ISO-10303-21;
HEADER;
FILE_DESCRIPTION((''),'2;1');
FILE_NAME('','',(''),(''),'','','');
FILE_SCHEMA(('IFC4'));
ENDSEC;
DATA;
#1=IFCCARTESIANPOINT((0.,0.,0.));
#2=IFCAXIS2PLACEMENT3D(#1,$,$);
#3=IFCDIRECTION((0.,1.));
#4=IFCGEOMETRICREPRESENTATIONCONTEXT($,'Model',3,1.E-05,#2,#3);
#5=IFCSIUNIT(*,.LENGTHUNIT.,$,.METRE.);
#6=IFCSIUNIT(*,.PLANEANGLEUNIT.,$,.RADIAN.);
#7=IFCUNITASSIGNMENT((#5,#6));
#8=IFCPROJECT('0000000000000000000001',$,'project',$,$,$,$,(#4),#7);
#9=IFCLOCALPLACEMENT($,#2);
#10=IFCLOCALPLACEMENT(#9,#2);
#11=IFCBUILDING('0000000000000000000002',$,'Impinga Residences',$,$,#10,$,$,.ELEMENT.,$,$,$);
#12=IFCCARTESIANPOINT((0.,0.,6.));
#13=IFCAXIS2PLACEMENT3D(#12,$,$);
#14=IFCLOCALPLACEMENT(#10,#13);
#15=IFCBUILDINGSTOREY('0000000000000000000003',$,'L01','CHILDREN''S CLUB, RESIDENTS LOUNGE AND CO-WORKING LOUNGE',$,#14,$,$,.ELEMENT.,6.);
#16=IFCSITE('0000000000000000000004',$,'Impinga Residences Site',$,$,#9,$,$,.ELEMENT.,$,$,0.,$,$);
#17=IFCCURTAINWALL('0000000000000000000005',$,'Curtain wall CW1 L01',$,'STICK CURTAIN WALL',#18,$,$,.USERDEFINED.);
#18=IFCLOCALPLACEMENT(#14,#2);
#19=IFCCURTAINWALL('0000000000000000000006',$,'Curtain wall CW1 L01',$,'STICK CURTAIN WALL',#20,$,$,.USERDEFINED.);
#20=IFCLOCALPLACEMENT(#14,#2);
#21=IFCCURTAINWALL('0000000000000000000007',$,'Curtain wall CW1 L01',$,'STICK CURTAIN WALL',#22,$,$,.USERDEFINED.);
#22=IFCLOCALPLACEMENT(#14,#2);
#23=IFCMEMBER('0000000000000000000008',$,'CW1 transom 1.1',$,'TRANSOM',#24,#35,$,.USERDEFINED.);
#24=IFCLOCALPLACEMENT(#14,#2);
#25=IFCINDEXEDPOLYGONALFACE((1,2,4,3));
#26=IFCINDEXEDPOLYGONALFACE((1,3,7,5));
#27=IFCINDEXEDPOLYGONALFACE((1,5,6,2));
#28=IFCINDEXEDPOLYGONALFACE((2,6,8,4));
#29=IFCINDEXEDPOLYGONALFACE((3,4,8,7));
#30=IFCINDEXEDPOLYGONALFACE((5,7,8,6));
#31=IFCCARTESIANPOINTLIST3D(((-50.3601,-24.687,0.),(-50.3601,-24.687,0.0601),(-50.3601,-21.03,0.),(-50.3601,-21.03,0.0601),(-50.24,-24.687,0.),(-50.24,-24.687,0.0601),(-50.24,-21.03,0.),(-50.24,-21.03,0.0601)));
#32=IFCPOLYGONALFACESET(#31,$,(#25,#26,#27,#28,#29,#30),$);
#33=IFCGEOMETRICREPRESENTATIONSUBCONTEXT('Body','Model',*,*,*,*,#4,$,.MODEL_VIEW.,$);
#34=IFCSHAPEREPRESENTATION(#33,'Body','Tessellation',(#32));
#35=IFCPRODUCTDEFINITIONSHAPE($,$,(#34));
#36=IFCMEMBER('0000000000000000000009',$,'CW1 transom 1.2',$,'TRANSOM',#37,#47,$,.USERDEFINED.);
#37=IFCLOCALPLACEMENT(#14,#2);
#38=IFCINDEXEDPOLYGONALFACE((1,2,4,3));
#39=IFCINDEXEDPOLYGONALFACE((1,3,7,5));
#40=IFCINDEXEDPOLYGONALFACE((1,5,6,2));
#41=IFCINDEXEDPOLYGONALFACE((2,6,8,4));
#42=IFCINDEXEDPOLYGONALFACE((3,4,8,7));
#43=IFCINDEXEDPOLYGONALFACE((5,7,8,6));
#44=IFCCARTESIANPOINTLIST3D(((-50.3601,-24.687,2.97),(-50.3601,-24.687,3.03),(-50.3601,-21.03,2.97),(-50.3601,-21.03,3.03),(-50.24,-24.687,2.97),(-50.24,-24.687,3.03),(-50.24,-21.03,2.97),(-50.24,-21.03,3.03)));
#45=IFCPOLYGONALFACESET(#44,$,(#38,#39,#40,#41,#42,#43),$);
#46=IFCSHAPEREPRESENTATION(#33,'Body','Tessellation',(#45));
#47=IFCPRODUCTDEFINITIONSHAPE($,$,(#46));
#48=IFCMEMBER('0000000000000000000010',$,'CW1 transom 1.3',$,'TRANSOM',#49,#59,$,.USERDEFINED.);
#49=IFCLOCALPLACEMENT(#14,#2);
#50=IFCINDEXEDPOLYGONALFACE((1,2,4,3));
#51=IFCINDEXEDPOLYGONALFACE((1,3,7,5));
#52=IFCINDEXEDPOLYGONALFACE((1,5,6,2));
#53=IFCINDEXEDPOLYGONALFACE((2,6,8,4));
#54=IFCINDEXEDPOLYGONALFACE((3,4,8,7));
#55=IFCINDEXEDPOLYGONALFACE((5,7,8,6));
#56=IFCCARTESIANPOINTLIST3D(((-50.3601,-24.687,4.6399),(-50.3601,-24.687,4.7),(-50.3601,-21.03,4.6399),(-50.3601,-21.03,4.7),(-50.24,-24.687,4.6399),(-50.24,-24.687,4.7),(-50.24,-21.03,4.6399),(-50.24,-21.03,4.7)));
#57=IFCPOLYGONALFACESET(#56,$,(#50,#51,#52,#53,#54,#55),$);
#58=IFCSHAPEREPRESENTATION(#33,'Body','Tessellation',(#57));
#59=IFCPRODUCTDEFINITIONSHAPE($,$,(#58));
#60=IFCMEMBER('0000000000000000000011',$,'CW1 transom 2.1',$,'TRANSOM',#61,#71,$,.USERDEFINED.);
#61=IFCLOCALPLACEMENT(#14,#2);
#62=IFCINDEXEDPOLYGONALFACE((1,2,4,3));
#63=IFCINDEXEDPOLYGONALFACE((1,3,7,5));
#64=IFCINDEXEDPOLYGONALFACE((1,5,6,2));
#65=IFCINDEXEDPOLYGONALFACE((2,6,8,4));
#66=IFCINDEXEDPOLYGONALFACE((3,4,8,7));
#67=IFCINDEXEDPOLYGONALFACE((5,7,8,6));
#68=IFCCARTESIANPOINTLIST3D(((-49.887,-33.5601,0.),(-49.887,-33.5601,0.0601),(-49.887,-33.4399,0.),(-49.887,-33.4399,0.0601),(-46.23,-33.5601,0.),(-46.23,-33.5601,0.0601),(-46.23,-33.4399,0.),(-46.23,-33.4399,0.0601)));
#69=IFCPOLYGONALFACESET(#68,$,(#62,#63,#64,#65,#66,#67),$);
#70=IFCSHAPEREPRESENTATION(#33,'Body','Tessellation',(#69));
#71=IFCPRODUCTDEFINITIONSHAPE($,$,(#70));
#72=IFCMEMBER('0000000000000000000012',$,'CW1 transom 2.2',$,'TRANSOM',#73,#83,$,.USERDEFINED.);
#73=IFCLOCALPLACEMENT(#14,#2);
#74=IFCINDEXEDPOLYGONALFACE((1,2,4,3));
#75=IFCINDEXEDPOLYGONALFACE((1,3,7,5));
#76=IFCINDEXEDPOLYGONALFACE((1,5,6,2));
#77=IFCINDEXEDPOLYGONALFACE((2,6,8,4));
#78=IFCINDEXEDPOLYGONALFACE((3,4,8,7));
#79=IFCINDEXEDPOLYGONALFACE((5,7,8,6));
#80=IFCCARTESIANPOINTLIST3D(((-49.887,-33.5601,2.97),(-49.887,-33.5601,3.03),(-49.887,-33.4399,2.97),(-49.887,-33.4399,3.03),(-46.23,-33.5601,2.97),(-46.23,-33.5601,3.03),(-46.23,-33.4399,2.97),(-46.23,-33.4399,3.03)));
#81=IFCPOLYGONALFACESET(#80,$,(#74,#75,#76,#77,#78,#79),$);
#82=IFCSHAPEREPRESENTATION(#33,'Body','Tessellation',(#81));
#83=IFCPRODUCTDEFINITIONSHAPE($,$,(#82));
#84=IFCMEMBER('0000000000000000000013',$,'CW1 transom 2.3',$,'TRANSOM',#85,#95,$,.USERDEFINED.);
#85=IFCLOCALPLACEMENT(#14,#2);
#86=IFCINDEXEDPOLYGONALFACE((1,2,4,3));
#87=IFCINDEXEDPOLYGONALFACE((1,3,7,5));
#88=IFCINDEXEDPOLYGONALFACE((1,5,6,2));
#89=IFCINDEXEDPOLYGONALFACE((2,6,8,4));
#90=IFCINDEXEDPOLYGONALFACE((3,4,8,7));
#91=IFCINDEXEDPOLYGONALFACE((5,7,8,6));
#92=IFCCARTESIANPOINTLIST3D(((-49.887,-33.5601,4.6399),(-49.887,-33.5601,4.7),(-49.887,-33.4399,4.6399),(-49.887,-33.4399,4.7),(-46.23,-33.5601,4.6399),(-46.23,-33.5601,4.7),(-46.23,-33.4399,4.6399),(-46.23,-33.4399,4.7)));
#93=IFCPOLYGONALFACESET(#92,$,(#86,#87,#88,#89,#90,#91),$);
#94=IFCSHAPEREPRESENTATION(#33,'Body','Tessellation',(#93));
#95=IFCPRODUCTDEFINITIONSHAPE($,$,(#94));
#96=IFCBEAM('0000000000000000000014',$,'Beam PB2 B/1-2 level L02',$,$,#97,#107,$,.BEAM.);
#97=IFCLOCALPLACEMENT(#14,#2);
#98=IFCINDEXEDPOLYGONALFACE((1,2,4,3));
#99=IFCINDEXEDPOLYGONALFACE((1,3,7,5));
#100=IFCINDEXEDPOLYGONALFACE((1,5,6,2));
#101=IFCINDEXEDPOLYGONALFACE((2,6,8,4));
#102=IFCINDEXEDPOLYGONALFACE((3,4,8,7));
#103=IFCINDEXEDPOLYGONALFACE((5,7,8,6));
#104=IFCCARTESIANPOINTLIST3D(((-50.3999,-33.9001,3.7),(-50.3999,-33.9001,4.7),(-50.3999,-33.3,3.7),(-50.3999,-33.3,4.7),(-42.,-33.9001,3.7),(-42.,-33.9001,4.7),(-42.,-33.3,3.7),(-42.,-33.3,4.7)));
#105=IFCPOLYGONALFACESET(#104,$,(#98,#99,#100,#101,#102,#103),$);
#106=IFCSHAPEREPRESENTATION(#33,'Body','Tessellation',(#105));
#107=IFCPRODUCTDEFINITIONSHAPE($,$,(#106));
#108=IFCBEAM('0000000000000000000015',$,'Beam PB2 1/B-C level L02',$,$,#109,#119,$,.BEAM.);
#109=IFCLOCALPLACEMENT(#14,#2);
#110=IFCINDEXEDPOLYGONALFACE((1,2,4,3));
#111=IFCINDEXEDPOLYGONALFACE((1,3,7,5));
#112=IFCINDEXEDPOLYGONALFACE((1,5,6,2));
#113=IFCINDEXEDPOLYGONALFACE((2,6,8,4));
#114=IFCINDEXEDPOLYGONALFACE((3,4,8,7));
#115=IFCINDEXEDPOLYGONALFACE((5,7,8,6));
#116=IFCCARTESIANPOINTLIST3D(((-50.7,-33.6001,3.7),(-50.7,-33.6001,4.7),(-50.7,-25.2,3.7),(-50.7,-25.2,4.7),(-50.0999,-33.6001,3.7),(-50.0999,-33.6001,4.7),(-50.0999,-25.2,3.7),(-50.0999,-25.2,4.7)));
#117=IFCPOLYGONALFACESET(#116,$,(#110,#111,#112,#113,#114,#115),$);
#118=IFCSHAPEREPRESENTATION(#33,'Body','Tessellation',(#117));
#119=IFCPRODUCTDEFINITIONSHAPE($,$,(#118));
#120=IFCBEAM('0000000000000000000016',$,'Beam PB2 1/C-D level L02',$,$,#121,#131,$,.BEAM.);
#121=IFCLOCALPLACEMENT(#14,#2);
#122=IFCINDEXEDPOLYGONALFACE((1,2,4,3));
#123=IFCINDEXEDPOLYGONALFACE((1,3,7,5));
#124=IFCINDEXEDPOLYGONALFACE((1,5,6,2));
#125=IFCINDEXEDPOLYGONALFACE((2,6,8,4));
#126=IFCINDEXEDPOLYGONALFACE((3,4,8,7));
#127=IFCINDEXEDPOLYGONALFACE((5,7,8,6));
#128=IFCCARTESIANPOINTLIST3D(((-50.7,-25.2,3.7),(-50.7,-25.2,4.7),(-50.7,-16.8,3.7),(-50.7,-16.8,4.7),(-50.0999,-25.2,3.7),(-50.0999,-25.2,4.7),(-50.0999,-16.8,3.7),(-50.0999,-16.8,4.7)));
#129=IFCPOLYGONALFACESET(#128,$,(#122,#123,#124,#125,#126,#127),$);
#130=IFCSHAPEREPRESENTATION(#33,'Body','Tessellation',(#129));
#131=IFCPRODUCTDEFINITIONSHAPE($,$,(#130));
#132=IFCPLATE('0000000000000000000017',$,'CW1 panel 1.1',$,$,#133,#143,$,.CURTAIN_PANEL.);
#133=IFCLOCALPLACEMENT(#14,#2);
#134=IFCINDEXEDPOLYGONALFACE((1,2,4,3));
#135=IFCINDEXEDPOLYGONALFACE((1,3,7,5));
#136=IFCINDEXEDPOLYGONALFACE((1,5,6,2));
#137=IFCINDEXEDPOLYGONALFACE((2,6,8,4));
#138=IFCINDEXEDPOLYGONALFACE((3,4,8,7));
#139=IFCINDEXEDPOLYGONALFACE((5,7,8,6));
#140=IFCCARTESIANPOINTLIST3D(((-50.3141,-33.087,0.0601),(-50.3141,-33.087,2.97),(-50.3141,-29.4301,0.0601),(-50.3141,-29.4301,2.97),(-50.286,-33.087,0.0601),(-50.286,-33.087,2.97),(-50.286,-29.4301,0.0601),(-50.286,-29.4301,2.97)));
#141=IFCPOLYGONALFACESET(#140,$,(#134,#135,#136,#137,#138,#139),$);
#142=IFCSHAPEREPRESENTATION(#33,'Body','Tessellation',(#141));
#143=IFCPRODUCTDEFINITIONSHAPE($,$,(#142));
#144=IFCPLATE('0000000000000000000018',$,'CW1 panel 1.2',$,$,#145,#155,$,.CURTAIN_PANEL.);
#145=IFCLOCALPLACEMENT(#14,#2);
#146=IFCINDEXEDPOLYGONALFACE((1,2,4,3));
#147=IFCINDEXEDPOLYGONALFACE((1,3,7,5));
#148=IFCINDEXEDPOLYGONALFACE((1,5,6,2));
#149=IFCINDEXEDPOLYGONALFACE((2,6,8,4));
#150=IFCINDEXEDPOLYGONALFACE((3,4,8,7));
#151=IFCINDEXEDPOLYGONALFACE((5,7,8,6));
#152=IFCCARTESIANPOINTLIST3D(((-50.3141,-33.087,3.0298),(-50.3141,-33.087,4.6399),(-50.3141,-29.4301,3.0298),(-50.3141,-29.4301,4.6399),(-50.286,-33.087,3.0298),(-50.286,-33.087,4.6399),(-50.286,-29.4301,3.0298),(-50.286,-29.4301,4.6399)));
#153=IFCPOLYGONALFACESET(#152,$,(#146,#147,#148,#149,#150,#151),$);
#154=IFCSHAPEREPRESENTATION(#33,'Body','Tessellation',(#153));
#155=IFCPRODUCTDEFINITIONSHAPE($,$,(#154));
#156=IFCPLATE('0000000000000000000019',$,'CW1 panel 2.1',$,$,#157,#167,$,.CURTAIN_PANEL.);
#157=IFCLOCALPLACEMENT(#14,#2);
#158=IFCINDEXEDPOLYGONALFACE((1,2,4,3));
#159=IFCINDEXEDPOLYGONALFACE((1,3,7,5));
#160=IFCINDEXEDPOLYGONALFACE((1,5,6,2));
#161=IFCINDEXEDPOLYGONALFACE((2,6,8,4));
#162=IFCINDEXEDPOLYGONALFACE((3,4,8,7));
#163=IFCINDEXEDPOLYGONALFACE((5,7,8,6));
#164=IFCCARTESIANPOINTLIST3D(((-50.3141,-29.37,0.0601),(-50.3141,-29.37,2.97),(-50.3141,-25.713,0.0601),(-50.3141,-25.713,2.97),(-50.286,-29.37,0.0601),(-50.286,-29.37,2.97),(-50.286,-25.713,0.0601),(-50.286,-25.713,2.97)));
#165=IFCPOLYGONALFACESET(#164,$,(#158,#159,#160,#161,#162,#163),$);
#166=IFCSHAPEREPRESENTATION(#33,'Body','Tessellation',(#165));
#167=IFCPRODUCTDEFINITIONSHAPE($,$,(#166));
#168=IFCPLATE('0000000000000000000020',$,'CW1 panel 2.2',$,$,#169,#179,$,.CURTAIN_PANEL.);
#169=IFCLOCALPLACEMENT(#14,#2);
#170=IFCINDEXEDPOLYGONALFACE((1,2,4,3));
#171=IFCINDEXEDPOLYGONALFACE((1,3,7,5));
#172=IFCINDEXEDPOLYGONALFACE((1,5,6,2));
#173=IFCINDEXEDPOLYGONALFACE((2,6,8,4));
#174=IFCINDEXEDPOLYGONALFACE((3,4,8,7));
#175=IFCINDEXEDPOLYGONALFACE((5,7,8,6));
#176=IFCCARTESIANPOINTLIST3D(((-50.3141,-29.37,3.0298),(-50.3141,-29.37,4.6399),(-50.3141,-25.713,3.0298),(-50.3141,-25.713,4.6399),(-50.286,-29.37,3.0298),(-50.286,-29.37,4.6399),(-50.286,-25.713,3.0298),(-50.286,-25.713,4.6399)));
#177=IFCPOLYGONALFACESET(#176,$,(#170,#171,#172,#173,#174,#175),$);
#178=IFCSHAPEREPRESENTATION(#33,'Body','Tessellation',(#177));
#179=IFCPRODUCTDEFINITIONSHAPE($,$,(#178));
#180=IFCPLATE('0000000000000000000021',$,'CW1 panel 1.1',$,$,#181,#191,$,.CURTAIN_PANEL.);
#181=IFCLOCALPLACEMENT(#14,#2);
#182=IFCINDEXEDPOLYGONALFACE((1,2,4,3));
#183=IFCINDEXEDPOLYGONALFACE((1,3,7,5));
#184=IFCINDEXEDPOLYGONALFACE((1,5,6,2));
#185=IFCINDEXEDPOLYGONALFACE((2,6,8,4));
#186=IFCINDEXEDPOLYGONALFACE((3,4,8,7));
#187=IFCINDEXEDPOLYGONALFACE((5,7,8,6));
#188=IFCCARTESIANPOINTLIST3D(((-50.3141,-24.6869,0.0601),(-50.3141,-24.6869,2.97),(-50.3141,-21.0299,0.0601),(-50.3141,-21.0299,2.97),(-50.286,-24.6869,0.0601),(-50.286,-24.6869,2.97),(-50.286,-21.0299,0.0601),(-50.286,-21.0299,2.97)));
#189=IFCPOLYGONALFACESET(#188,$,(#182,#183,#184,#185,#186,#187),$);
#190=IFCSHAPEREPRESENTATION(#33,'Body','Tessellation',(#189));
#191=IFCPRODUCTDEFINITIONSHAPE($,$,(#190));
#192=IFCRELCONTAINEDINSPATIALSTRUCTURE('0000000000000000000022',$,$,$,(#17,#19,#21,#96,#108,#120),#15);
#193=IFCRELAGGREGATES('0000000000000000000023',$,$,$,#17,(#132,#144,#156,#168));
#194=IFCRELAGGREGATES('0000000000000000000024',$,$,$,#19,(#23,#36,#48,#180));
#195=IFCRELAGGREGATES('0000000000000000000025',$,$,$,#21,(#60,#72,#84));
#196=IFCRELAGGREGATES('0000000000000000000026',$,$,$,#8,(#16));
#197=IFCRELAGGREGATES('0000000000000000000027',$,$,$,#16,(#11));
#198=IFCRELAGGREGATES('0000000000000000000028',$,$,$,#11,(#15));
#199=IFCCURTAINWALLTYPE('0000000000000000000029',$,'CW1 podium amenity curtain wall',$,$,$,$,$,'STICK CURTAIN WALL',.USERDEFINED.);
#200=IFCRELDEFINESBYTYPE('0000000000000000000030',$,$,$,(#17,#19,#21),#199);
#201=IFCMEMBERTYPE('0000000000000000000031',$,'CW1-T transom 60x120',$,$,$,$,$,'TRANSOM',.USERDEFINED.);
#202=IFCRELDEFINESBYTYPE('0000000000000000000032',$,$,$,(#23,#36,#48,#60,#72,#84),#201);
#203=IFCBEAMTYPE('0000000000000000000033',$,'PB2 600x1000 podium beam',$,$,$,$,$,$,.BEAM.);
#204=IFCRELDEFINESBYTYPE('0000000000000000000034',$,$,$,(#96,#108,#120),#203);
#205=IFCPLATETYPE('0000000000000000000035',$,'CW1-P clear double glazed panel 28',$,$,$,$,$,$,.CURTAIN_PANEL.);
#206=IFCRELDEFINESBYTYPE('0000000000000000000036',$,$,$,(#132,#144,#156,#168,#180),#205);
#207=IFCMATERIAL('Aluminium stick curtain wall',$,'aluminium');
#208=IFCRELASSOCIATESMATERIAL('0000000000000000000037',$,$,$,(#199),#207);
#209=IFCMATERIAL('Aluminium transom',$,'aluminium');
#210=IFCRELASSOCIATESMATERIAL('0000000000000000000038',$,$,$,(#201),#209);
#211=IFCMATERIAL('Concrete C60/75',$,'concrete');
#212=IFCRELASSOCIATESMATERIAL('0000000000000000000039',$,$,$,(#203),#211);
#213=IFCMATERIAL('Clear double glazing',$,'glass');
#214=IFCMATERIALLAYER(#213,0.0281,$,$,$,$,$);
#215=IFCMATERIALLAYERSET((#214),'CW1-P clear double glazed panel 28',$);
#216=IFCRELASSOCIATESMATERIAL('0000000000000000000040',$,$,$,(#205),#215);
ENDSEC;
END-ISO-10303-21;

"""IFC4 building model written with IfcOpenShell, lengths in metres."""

from ifc_helpers import new_model, si_unit, direction, frame, origin, origin_2d, place, context, subcontext, project, spatial, rectangle, extrude, material, layer, layer_set, material_profile, profile_set, type_object, element, aggregate, save


model = new_model("IFC4")

# Units and contexts
model_context = context("Model", 3, precision=1e-05, world=origin(), true_north=direction((0.0, 1.0)))
body_context = subcontext(model_context, "Body", "Model", "MODEL_VIEW")
ifc_project = project(units=[si_unit("LENGTHUNIT", "METRE"), si_unit("PLANEANGLEUNIT", "RADIAN")], contexts=[model_context])

# Site, building, storey
site_placement = place(None, origin())
site = spatial("IfcSite", under=ifc_project, at=site_placement, Name="Impinga Residences Site", CompositionType="ELEMENT", RefElevation=0.0)
building_placement = place(site_placement, origin())
building = spatial("IfcBuilding", under=site, at=building_placement, Name="Impinga Residences", CompositionType="ELEMENT")
storey_placement = place(building_placement, frame((0.0, 0.0, 6.0)))
storey = spatial("IfcBuildingStorey", under=building, at=storey_placement, Name="L01", Description="CHILDREN'S CLUB, RESIDENTS LOUNGE AND CO-WORKING LOUNGE", CompositionType="ELEMENT", Elevation=6.0)

# Curtain walls
ifc_material_1 = material(Name="Aluminium stick curtain wall", Category="aluminium")
curtain_wall_type = type_object("IfcCurtainWallType", Name="CW1 podium amenity curtain wall", ElementType="STICK CURTAIN WALL", PredefinedType="USERDEFINED", material=ifc_material_1)
curtain_wall_1_placement = place(storey_placement, origin())
curtain_wall_1 = element("IfcCurtainWall", 1, at=curtain_wall_1_placement, inside=storey, type_object=curtain_wall_type, Name="Curtain wall CW1 L01", ObjectType="STICK CURTAIN WALL", PredefinedType="USERDEFINED")
curtain_wall_2_placement = place(storey_placement, origin())
curtain_wall_2 = element("IfcCurtainWall", 2, at=curtain_wall_2_placement, inside=storey, type_object=curtain_wall_type, Name="Curtain wall CW1 L01", ObjectType="STICK CURTAIN WALL", PredefinedType="USERDEFINED")
curtain_wall_3_placement = place(storey_placement, origin())
curtain_wall_3 = element("IfcCurtainWall", 3, at=curtain_wall_3_placement, inside=storey, type_object=curtain_wall_type, Name="Curtain wall CW1 L01", ObjectType="STICK CURTAIN WALL", PredefinedType="USERDEFINED")

# Members
ifc_material_2 = material(Name="Aluminium transom", Category="aluminium")
ifc_material_profile_1 = material_profile(ifc_material_2, rectangle(XDim=0.0601, YDim=0.1201, at=origin_2d()), Name="60x120 transom")
ifc_profile_set_1 = profile_set([ifc_material_profile_1], Name="Aluminium transom")
member_type_1 = type_object("IfcMemberType", Name="CW1-T transom 60x120", ElementType="TRANSOM", PredefinedType="USERDEFINED", material=ifc_profile_set_1)
member_1_placement = place(storey_placement, frame((-50.3, -24.687, 0.03), z_axis=(0.0, 1.0, 0.0), x_axis=(0.0, 0.0, 1.0)))
member_1 = element("IfcMember", 4, at=member_1_placement, type_object=member_type_1, Name="CW1 transom 1.1", ObjectType="TRANSOM", PredefinedType="USERDEFINED", context=body_context, shape_type="SweptSolid", body=[
    extrude(rectangle(XDim=0.0601, YDim=0.1201, at=origin_2d()), origin(), (0.0, 0.0, 1.0), 3.657),
])
member_2_placement = place(storey_placement, frame((-50.3, -24.687, 3.0), z_axis=(0.0, 1.0, 0.0), x_axis=(0.0, 0.0, 1.0)))
member_2 = element("IfcMember", 5, at=member_2_placement, type_object=member_type_1, Name="CW1 transom 1.2", ObjectType="TRANSOM", PredefinedType="USERDEFINED", context=body_context, shape_type="SweptSolid", body=[
    extrude(rectangle(XDim=0.0601, YDim=0.1201, at=origin_2d()), origin(), (0.0, 0.0, 1.0), 3.657),
])
member_3_placement = place(storey_placement, frame((-50.3, -24.687, 4.6699), z_axis=(0.0, 1.0, 0.0), x_axis=(0.0, 0.0, 1.0)))
member_3 = element("IfcMember", 6, at=member_3_placement, type_object=member_type_1, Name="CW1 transom 1.3", ObjectType="TRANSOM", PredefinedType="USERDEFINED", context=body_context, shape_type="SweptSolid", body=[
    extrude(rectangle(XDim=0.0601, YDim=0.1201, at=origin_2d()), origin(), (0.0, 0.0, 1.0), 3.657),
])
member_4_placement = place(storey_placement, frame((-46.23, -33.5, 0.03), z_axis=(-1.0, 0.0, 0.0), x_axis=(0.0, 0.0, 1.0)))
member_4 = element("IfcMember", 7, at=member_4_placement, type_object=member_type_1, Name="CW1 transom 2.1", ObjectType="TRANSOM", PredefinedType="USERDEFINED", context=body_context, shape_type="SweptSolid", body=[
    extrude(rectangle(XDim=0.0601, YDim=0.1201, at=origin_2d()), origin(), (0.0, 0.0, 1.0), 3.657),
])
member_5_placement = place(storey_placement, frame((-46.23, -33.5, 3.0), z_axis=(-1.0, 0.0, 0.0), x_axis=(0.0, 0.0, 1.0)))
member_5 = element("IfcMember", 8, at=member_5_placement, type_object=member_type_1, Name="CW1 transom 2.2", ObjectType="TRANSOM", PredefinedType="USERDEFINED", context=body_context, shape_type="SweptSolid", body=[
    extrude(rectangle(XDim=0.0601, YDim=0.1201, at=origin_2d()), origin(), (0.0, 0.0, 1.0), 3.657),
])
member_6_placement = place(storey_placement, frame((-46.23, -33.5, 4.6699), z_axis=(-1.0, 0.0, 0.0), x_axis=(0.0, 0.0, 1.0)))
member_6 = element("IfcMember", 9, at=member_6_placement, type_object=member_type_1, Name="CW1 transom 2.3", ObjectType="TRANSOM", PredefinedType="USERDEFINED", context=body_context, shape_type="SweptSolid", body=[
    extrude(rectangle(XDim=0.0601, YDim=0.1201, at=origin_2d()), origin(), (0.0, 0.0, 1.0), 3.657),
])

# Beams
ifc_material_3 = material(Name="Concrete C60/75", Category="concrete")
ifc_material_profile_2 = material_profile(ifc_material_3, rectangle(XDim=0.6001, YDim=1.0, at=origin_2d()), Name="RC 600x1000")
ifc_profile_set_2 = profile_set([ifc_material_profile_2], Name="Concrete C60/75")
beam_type = type_object("IfcBeamType", Name="PB2 600x1000 podium beam", PredefinedType="BEAM", material=ifc_profile_set_2)
beam_1_placement = place(storey_placement, frame((-50.3999, -33.6001, 4.2), z_axis=(1.0, 0.0, 0.0), x_axis=(0.0, 1.0, 0.0)))
element("IfcBeam", 10, at=beam_1_placement, inside=storey, type_object=beam_type, Name="Beam PB2 B/1-2 level L02", PredefinedType="BEAM", context=body_context, shape_type="SweptSolid", body=[
    extrude(rectangle(XDim=0.6001, YDim=1.0, at=origin_2d()), origin(), (0.0, 0.0, 1.0), 8.3999),
])
beam_2_placement = place(storey_placement, frame((-50.3999, -33.6001, 4.2), z_axis=(0.0, 1.0, 0.0), x_axis=(-1.0, 0.0, 0.0)))
element("IfcBeam", 11, at=beam_2_placement, inside=storey, type_object=beam_type, Name="Beam PB2 1/B-C level L02", PredefinedType="BEAM", context=body_context, shape_type="SweptSolid", body=[
    extrude(rectangle(XDim=0.6001, YDim=1.0, at=origin_2d()), origin(), (0.0, 0.0, 1.0), 8.4001),
])
beam_3_placement = place(storey_placement, frame((-50.3999, -25.2, 4.2), z_axis=(0.0, 1.0, 0.0), x_axis=(-1.0, 0.0, 0.0)))
element("IfcBeam", 12, at=beam_3_placement, inside=storey, type_object=beam_type, Name="Beam PB2 1/C-D level L02", PredefinedType="BEAM", context=body_context, shape_type="SweptSolid", body=[
    extrude(rectangle(XDim=0.6001, YDim=1.0, at=origin_2d()), origin(), (0.0, 0.0, 1.0), 8.3999),
])

# Plates
ifc_material_4 = material(Name="Clear double glazing", Category="glass")
ifc_layer = layer(ifc_material_4, 0.0281)
ifc_layer_set = layer_set([ifc_layer], Name="CW1-P clear double glazed panel 28")
plate_type = type_object("IfcPlateType", Name="CW1-P clear double glazed panel 28", PredefinedType="CURTAIN_PANEL", material=ifc_layer_set)
plate_1_placement = place(storey_placement, frame((-50.3, -31.2585, 0.0601), z_axis=(0.0, 0.0, 1.0), x_axis=(0.0, 1.0, 0.0)))
plate_1 = element("IfcPlate", 13, at=plate_1_placement, type_object=plate_type, Name="CW1 panel 1.1", PredefinedType="CURTAIN_PANEL", context=body_context, shape_type="SweptSolid", body=[
    extrude(rectangle(XDim=3.657, YDim=0.0281, at=origin_2d()), origin(), (0.0, 0.0, 1.0), 2.9099),
])
plate_2_placement = place(storey_placement, frame((-50.3, -31.2585, 3.0298), z_axis=(0.0, 0.0, 1.0), x_axis=(0.0, 1.0, 0.0)))
plate_2 = element("IfcPlate", 14, at=plate_2_placement, type_object=plate_type, Name="CW1 panel 1.2", PredefinedType="CURTAIN_PANEL", context=body_context, shape_type="SweptSolid", body=[
    extrude(rectangle(XDim=3.657, YDim=0.0281, at=origin_2d()), origin(), (0.0, 0.0, 1.0), 1.6101),
])
plate_3_placement = place(storey_placement, frame((-50.3, -27.5415, 0.0601), z_axis=(0.0, 0.0, 1.0), x_axis=(0.0, 1.0, 0.0)))
plate_3 = element("IfcPlate", 15, at=plate_3_placement, type_object=plate_type, Name="CW1 panel 2.1", PredefinedType="CURTAIN_PANEL", context=body_context, shape_type="SweptSolid", body=[
    extrude(rectangle(XDim=3.657, YDim=0.0281, at=origin_2d()), origin(), (0.0, 0.0, 1.0), 2.9099),
])
plate_4_placement = place(storey_placement, frame((-50.3, -27.5415, 3.0298), z_axis=(0.0, 0.0, 1.0), x_axis=(0.0, 1.0, 0.0)))
plate_4 = element("IfcPlate", 16, at=plate_4_placement, type_object=plate_type, Name="CW1 panel 2.2", PredefinedType="CURTAIN_PANEL", context=body_context, shape_type="SweptSolid", body=[
    extrude(rectangle(XDim=3.657, YDim=0.0281, at=origin_2d()), origin(), (0.0, 0.0, 1.0), 1.6101),
])
aggregate(curtain_wall_1, [plate_1, plate_2, plate_3, plate_4])
plate_5_placement = place(storey_placement, frame((-50.3, -22.8584, 0.0601), z_axis=(0.0, 0.0, 1.0), x_axis=(0.0, 1.0, 0.0)))
plate_5 = element("IfcPlate", 17, at=plate_5_placement, type_object=plate_type, Name="CW1 panel 1.1", PredefinedType="CURTAIN_PANEL", context=body_context, shape_type="SweptSolid", body=[
    extrude(rectangle(XDim=3.657, YDim=0.0281, at=origin_2d()), origin(), (0.0, 0.0, 1.0), 2.9099),
])
aggregate(curtain_wall_2, [member_1, member_2, member_3, plate_5])
aggregate(curtain_wall_3, [member_4, member_5, member_6])

save(model, "model.ifc")
